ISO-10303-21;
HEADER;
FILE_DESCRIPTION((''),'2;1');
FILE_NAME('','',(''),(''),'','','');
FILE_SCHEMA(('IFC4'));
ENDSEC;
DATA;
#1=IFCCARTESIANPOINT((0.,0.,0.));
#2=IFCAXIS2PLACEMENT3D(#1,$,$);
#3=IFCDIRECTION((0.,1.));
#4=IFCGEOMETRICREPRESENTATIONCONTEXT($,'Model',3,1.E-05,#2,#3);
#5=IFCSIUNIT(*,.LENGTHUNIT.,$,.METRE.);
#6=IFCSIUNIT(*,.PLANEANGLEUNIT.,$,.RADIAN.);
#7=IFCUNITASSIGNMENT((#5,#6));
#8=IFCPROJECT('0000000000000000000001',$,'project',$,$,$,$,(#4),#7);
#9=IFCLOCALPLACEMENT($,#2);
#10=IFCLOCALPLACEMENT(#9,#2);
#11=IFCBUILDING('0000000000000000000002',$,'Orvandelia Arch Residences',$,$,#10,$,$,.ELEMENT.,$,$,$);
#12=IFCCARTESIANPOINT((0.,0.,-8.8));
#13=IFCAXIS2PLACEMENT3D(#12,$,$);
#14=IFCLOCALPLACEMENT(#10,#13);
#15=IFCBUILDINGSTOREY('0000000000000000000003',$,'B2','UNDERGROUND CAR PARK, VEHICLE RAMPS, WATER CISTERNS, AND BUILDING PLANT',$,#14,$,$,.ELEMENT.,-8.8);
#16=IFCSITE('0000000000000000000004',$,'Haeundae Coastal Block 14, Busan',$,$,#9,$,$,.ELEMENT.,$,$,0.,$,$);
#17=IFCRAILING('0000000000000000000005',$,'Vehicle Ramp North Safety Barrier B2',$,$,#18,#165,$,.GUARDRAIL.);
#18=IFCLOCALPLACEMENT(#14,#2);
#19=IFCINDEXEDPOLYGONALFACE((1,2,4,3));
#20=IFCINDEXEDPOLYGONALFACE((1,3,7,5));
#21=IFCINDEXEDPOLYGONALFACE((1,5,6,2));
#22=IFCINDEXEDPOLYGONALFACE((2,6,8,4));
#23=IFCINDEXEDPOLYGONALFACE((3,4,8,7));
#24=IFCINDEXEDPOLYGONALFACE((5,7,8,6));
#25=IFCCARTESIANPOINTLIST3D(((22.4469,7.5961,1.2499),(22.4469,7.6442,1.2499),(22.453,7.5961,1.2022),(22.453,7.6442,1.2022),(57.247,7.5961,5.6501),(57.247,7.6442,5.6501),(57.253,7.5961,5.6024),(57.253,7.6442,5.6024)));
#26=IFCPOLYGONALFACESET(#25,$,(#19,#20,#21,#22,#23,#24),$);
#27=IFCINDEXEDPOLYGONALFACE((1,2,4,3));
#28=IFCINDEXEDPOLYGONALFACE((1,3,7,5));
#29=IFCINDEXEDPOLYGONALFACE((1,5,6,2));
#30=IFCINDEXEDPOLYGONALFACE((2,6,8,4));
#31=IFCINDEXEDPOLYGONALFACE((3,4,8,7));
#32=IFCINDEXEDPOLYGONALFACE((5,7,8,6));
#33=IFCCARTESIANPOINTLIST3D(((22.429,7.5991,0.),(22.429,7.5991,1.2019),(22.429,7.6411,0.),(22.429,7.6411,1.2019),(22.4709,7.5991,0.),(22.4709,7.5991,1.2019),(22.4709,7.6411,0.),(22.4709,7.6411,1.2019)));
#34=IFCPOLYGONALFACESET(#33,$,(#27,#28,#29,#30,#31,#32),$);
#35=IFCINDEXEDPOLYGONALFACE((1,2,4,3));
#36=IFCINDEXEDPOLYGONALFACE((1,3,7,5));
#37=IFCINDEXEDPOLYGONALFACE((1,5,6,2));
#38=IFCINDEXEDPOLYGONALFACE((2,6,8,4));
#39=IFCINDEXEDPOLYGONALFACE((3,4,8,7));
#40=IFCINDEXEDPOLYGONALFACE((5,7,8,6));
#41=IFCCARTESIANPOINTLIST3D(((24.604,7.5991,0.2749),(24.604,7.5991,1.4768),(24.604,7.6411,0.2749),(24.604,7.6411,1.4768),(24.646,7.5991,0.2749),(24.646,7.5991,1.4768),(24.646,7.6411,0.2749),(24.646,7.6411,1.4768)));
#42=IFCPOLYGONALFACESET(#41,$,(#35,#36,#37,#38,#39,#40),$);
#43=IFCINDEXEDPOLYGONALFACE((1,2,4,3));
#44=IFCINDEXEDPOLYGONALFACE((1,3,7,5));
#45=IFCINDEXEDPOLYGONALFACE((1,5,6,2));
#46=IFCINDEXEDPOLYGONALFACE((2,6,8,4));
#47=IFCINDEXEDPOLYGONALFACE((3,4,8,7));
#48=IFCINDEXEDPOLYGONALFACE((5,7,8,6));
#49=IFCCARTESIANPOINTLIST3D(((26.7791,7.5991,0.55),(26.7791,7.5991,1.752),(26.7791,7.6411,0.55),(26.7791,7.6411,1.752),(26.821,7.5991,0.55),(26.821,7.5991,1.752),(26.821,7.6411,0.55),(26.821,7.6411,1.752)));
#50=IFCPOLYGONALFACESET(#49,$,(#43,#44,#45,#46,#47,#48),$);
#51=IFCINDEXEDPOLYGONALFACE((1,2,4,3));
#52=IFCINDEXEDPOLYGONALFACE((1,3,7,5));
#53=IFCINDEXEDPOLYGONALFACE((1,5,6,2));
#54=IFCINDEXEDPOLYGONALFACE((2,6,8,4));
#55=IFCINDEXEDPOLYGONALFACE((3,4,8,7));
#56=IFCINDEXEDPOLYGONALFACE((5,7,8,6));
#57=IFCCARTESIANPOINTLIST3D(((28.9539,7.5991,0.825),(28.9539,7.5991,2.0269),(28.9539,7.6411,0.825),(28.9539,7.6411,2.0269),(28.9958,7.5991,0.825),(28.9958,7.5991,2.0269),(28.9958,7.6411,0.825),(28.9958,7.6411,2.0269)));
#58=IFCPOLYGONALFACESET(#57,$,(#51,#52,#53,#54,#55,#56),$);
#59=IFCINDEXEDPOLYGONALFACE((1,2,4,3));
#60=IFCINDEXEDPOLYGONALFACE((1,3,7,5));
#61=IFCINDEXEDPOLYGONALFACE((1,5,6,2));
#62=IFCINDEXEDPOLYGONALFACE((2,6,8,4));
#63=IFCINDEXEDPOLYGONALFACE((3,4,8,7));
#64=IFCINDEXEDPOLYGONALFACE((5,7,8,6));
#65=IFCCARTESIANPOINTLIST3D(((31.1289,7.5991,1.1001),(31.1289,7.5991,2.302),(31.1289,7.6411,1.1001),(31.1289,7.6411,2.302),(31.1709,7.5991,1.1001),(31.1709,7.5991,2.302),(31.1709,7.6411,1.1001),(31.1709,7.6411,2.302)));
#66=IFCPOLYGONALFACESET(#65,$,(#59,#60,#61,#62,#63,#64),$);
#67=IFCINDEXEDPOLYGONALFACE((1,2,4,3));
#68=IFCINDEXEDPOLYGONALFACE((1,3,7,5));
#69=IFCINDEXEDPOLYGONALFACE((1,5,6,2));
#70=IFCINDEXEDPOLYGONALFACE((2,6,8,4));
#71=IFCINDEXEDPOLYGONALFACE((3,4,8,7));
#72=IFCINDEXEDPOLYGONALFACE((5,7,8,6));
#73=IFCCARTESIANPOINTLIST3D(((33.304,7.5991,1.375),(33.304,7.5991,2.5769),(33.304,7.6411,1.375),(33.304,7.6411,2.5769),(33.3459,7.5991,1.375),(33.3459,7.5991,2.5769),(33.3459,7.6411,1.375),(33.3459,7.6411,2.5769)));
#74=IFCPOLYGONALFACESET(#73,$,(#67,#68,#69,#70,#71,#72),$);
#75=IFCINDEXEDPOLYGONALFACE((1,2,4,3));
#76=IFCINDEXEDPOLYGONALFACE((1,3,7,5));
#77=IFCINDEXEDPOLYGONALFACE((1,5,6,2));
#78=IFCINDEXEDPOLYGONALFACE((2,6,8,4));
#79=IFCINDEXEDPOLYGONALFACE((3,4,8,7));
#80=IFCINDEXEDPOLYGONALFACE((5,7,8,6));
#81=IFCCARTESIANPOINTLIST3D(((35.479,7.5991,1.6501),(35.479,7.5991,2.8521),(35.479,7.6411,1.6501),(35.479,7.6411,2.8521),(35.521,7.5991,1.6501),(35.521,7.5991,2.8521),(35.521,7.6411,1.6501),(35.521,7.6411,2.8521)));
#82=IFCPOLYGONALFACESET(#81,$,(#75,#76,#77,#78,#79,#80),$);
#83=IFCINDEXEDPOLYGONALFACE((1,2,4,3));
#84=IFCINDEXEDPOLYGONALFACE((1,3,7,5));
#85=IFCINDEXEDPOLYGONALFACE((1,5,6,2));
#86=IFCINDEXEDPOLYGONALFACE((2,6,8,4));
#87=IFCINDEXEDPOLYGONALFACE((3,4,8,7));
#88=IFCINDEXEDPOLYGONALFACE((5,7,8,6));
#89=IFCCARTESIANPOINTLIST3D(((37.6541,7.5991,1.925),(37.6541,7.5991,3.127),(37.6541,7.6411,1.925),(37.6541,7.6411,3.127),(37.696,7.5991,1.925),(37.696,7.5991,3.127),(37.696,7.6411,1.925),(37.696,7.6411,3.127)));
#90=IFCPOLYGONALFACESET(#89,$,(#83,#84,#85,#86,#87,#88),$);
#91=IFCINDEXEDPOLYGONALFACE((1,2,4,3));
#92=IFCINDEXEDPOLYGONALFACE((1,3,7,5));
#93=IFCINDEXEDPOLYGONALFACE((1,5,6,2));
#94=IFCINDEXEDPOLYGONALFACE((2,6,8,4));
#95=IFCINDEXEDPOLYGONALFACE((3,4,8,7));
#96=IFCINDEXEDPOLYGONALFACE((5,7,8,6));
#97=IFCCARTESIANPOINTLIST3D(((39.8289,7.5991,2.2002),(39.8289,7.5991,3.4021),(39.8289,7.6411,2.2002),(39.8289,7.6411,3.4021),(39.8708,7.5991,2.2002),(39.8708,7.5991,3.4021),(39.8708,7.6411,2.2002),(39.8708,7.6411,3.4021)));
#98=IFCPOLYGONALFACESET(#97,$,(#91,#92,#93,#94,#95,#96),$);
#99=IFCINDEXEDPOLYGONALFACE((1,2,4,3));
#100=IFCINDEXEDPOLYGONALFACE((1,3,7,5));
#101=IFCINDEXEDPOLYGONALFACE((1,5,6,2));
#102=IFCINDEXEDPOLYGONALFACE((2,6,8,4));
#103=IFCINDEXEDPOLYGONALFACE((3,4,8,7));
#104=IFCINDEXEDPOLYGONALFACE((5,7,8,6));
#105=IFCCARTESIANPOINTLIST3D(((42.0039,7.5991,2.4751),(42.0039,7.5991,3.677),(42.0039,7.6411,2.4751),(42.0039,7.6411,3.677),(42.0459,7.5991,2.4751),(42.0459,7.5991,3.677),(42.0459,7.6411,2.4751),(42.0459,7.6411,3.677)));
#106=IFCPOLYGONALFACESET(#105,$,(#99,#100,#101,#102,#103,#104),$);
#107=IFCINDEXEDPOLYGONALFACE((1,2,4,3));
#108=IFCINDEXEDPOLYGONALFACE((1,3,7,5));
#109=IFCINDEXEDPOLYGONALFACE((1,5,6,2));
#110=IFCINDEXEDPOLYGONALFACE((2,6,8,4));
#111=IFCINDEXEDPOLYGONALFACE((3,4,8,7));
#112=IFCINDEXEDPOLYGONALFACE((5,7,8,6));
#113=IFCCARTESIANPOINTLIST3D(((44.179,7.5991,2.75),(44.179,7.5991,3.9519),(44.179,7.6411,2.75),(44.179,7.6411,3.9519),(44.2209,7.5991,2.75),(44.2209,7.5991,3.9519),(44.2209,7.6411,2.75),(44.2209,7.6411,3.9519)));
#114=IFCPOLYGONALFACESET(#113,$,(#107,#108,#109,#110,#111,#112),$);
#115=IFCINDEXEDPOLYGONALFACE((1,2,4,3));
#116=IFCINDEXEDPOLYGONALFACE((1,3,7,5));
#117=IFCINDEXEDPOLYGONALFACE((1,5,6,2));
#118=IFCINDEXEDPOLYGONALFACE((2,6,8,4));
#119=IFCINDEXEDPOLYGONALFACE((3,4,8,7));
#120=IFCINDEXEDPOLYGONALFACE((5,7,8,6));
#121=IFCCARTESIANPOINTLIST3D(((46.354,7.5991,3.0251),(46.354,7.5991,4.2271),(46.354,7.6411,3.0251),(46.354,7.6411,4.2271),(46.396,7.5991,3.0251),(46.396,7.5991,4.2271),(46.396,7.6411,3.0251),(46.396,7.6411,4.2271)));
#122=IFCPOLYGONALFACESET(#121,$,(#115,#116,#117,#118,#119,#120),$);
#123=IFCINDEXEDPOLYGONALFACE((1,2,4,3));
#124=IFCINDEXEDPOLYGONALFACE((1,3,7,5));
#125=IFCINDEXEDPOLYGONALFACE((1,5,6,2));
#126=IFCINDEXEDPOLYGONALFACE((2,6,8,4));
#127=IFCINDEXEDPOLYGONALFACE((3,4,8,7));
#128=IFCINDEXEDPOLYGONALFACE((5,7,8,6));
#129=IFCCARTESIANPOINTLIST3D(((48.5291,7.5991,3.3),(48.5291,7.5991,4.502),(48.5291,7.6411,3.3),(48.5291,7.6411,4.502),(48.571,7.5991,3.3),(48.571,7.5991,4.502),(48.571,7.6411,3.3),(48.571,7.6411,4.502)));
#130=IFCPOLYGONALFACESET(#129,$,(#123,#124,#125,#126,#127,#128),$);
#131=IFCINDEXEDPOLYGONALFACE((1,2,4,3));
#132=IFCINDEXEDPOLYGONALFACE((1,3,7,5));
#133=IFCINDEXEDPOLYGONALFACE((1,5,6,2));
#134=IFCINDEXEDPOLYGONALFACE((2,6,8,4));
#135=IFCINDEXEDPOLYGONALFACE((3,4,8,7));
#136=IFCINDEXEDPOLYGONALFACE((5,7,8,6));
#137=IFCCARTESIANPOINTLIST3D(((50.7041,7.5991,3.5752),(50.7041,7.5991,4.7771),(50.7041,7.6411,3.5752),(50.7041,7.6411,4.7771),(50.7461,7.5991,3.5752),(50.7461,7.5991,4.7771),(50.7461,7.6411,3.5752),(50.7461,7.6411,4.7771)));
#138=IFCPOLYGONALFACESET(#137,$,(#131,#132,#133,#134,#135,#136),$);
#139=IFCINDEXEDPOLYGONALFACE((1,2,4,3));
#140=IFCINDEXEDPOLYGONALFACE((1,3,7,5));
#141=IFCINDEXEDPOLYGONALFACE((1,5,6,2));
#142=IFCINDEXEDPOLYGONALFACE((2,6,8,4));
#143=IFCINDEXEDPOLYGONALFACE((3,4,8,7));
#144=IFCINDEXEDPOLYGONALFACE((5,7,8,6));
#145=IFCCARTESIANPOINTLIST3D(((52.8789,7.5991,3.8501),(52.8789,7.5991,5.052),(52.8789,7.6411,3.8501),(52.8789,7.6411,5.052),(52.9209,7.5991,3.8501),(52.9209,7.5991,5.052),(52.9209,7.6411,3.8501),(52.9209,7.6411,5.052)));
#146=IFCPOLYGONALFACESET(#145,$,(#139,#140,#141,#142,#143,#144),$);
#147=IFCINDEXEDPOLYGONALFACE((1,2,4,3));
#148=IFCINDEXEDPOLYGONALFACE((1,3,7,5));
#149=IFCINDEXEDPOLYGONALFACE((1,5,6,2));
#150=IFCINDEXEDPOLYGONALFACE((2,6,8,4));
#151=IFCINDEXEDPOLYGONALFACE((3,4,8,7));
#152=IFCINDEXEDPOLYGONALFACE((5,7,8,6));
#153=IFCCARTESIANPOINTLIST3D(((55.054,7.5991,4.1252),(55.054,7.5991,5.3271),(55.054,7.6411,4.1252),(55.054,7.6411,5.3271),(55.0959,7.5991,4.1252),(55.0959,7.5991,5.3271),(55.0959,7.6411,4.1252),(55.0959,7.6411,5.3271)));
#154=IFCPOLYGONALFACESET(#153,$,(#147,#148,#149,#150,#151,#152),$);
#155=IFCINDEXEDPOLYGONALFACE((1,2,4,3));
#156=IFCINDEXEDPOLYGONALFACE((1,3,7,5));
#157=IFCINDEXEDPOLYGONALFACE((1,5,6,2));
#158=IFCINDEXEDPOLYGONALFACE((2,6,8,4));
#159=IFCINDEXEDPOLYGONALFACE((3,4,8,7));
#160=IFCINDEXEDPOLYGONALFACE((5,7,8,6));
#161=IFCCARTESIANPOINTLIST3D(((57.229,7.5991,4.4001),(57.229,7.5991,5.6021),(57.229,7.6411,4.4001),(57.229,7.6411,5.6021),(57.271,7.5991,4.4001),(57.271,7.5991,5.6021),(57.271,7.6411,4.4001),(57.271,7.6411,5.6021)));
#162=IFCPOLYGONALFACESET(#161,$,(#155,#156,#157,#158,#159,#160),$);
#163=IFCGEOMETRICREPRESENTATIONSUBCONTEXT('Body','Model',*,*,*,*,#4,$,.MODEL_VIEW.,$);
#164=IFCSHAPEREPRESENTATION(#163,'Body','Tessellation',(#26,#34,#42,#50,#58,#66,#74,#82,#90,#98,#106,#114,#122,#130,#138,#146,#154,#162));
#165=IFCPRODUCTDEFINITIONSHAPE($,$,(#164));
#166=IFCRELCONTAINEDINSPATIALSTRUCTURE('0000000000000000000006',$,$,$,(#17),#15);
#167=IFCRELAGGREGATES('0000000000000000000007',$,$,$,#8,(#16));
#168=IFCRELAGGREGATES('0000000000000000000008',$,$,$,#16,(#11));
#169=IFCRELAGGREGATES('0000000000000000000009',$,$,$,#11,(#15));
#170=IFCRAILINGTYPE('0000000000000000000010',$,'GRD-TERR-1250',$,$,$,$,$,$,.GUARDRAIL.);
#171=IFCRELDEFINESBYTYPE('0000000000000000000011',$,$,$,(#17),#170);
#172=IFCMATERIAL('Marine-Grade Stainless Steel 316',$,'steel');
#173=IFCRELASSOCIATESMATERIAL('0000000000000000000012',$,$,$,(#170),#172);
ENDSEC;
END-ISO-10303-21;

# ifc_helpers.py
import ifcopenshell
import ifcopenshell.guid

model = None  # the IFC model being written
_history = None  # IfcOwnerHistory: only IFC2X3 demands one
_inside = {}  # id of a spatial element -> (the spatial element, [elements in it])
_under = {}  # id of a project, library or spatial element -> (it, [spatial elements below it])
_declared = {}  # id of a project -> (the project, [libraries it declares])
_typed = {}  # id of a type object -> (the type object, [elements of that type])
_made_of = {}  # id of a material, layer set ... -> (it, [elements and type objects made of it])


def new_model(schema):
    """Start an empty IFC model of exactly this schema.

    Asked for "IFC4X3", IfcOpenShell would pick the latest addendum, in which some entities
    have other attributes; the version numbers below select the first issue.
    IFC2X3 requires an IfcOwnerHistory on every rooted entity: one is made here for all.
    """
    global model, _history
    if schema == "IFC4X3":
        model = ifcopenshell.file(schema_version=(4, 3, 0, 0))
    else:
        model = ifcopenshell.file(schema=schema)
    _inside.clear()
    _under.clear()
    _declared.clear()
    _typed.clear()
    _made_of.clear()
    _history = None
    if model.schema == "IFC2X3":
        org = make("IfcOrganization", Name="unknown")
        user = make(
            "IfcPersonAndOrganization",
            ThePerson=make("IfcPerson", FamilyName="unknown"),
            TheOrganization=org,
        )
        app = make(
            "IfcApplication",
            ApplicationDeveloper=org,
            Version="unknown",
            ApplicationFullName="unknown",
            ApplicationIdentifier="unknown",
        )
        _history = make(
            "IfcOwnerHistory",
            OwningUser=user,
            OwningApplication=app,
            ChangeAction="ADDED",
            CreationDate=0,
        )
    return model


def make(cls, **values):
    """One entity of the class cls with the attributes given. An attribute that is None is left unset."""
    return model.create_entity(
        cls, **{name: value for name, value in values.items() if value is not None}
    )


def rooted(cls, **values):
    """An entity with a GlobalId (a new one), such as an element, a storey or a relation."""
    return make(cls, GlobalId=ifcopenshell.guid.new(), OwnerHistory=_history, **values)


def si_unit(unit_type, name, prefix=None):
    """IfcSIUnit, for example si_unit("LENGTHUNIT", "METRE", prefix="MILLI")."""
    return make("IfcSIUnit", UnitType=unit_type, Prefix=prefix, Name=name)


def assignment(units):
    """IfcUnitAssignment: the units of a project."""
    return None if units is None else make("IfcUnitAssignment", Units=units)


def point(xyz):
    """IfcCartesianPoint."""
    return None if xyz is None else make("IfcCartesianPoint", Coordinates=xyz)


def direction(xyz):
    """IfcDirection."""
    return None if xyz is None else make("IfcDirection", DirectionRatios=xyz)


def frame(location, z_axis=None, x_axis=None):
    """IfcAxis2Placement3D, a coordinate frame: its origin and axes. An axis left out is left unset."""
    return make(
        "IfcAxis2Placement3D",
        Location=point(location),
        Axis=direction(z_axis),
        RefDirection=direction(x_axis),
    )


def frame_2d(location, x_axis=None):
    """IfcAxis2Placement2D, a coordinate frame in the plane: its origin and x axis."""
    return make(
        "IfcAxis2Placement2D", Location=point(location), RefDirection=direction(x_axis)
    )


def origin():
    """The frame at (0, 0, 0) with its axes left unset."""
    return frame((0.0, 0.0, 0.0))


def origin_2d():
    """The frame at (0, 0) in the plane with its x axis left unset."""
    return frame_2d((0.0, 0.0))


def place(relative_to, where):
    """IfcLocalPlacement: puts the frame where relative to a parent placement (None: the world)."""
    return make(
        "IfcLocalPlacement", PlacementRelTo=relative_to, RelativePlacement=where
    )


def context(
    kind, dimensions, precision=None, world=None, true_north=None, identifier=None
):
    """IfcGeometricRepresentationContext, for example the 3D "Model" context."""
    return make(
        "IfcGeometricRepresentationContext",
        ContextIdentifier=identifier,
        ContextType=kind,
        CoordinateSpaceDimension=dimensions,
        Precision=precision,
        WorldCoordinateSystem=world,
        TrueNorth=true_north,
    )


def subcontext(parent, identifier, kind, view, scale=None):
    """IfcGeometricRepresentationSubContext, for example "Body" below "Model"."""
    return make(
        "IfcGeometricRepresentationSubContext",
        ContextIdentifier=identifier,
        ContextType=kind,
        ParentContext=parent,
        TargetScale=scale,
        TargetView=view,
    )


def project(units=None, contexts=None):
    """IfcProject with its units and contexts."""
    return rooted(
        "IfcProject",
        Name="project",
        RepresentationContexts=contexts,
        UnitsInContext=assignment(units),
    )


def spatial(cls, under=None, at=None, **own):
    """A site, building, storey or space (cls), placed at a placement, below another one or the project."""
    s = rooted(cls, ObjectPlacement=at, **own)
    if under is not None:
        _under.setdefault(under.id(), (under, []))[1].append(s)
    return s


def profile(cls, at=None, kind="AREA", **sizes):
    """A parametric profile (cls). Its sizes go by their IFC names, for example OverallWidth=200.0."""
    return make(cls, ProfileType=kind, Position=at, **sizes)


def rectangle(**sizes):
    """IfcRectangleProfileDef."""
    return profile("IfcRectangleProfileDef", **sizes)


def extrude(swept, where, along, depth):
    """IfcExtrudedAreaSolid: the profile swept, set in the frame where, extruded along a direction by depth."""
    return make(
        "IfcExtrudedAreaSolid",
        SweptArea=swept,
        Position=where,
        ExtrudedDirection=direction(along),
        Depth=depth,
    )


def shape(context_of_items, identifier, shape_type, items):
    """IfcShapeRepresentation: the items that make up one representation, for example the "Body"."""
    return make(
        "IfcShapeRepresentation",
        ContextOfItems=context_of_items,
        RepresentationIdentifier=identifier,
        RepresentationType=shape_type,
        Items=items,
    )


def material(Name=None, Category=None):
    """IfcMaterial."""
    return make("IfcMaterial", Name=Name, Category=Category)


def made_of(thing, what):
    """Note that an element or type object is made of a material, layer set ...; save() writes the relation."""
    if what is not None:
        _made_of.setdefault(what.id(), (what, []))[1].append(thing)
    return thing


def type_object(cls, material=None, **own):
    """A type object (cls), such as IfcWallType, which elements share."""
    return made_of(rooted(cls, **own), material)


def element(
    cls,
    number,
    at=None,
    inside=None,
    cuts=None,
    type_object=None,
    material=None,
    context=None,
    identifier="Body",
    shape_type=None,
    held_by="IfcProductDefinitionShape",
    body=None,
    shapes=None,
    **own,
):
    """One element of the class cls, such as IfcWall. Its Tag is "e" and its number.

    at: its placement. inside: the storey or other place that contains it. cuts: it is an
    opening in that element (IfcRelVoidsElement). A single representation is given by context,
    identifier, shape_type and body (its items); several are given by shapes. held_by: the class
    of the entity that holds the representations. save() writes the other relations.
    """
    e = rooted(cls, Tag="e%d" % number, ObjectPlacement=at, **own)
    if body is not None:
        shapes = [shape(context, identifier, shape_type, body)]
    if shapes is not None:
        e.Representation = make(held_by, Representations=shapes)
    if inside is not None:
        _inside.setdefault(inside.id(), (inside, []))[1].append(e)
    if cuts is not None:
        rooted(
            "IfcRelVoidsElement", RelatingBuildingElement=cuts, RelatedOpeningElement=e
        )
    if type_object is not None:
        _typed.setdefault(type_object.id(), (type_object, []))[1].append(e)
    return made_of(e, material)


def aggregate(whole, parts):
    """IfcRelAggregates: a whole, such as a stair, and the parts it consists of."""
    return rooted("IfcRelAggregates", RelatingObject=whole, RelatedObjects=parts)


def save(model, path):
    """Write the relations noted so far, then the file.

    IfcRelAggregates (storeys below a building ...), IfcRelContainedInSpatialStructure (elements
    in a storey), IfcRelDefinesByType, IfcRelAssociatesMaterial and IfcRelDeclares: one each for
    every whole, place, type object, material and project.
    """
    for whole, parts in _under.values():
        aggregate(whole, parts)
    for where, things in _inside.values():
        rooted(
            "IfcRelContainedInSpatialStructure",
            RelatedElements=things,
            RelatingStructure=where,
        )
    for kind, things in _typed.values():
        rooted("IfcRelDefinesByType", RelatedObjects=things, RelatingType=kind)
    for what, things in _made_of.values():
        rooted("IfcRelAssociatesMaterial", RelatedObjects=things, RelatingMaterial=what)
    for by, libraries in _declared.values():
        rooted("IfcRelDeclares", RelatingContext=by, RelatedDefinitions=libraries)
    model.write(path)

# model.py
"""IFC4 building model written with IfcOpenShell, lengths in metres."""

from ifc_helpers import new_model, si_unit, direction, frame, origin, origin_2d, place, context, subcontext, project, spatial, rectangle, extrude, material, type_object, element, save


model = new_model("IFC4")

# Units and contexts
model_context = context("Model", 3, precision=1e-05, world=origin(), true_north=direction((0.0, 1.0)))
body_context = subcontext(model_context, "Body", "Model", "MODEL_VIEW")
ifc_project = project(units=[si_unit("LENGTHUNIT", "METRE"), si_unit("PLANEANGLEUNIT", "RADIAN")], contexts=[model_context])

# Site, building, storey
site_placement = place(None, origin())
site = spatial("IfcSite", under=ifc_project, at=site_placement, Name="Haeundae Coastal Block 14, Busan", CompositionType="ELEMENT", RefElevation=0.0)
building_placement = place(site_placement, origin())
building = spatial("IfcBuilding", under=site, at=building_placement, Name="Orvandelia Arch Residences", CompositionType="ELEMENT")
storey_placement = place(building_placement, frame((0.0, 0.0, -8.8)))
storey = spatial("IfcBuildingStorey", under=building, at=storey_placement, Name="B2", Description="UNDERGROUND CAR PARK, VEHICLE RAMPS, WATER CISTERNS, AND BUILDING PLANT", CompositionType="ELEMENT", Elevation=-8.8)

# Railing
ifc_material_1 = material(Name="Marine-Grade Stainless Steel 316", Category="steel")
railing_type = type_object("IfcRailingType", Name="GRD-TERR-1250", PredefinedType="GUARDRAIL", material=ifc_material_1)
railing_1_placement = place(storey_placement, frame((22.45, 7.6201, 0.0)))
element("IfcRailing", 1, at=railing_1_placement, inside=storey, type_object=railing_type, Name="Vehicle Ramp North Safety Barrier B2", PredefinedType="GUARDRAIL", context=body_context, shape_type="SweptSolid", body=[
    extrude(rectangle(XDim=0.0481, YDim=0.0481, at=origin_2d()), frame((0.0, 0.0, 1.2261), z_axis=(0.992101, 0.0, 0.125442), x_axis=(0.0, 1.0, 0.0)), (0.0, 0.0, 1.0), 35.0771),
    extrude(rectangle(XDim=0.042, YDim=0.042, at=origin_2d()), origin(), (0.0, 0.0, 1.0), 1.2019),
    extrude(rectangle(XDim=0.042, YDim=0.042, at=origin_2d()), frame((2.175, 0.0, 0.2749)), (0.0, 0.0, 1.0), 1.2019),
    extrude(rectangle(XDim=0.042, YDim=0.042, at=origin_2d()), frame((4.3501, 0.0, 0.55)), (0.0, 0.0, 1.0), 1.2019),
    extrude(rectangle(XDim=0.042, YDim=0.042, at=origin_2d()), frame((6.5249, 0.0, 0.825)), (0.0, 0.0, 1.0), 1.2019),
    extrude(rectangle(XDim=0.042, YDim=0.042, at=origin_2d()), frame((8.7, 0.0, 1.1001)), (0.0, 0.0, 1.0), 1.2019),
    extrude(rectangle(XDim=0.042, YDim=0.042, at=origin_2d()), frame((10.875, 0.0, 1.375)), (0.0, 0.0, 1.0), 1.2019),
    extrude(rectangle(XDim=0.042, YDim=0.042, at=origin_2d()), frame((13.05, 0.0, 1.6501)), (0.0, 0.0, 1.0), 1.2019),
    extrude(rectangle(XDim=0.042, YDim=0.042, at=origin_2d()), frame((15.2251, 0.0, 1.925)), (0.0, 0.0, 1.0), 1.2019),
    extrude(rectangle(XDim=0.042, YDim=0.042, at=origin_2d()), frame((17.3999, 0.0, 2.2002)), (0.0, 0.0, 1.0), 1.2019),
    extrude(rectangle(XDim=0.042, YDim=0.042, at=origin_2d()), frame((19.575, 0.0, 2.4751)), (0.0, 0.0, 1.0), 1.2019),
    extrude(rectangle(XDim=0.042, YDim=0.042, at=origin_2d()), frame((21.75, 0.0, 2.75)), (0.0, 0.0, 1.0), 1.2019),
    extrude(rectangle(XDim=0.042, YDim=0.042, at=origin_2d()), frame((23.925, 0.0, 3.0251)), (0.0, 0.0, 1.0), 1.2019),
    extrude(rectangle(XDim=0.042, YDim=0.042, at=origin_2d()), frame((26.1001, 0.0, 3.3)), (0.0, 0.0, 1.0), 1.2019),
    extrude(rectangle(XDim=0.042, YDim=0.042, at=origin_2d()), frame((28.2751, 0.0, 3.5752)), (0.0, 0.0, 1.0), 1.2019),
    extrude(rectangle(XDim=0.042, YDim=0.042, at=origin_2d()), frame((30.45, 0.0, 3.8501)), (0.0, 0.0, 1.0), 1.2019),
    extrude(rectangle(XDim=0.042, YDim=0.042, at=origin_2d()), frame((32.625, 0.0, 4.1252)), (0.0, 0.0, 1.0), 1.2019),
    extrude(rectangle(XDim=0.042, YDim=0.042, at=origin_2d()), frame((34.8, 0.0, 4.4001)), (0.0, 0.0, 1.0), 1.2019),
])

save(model, "model.ifc")
